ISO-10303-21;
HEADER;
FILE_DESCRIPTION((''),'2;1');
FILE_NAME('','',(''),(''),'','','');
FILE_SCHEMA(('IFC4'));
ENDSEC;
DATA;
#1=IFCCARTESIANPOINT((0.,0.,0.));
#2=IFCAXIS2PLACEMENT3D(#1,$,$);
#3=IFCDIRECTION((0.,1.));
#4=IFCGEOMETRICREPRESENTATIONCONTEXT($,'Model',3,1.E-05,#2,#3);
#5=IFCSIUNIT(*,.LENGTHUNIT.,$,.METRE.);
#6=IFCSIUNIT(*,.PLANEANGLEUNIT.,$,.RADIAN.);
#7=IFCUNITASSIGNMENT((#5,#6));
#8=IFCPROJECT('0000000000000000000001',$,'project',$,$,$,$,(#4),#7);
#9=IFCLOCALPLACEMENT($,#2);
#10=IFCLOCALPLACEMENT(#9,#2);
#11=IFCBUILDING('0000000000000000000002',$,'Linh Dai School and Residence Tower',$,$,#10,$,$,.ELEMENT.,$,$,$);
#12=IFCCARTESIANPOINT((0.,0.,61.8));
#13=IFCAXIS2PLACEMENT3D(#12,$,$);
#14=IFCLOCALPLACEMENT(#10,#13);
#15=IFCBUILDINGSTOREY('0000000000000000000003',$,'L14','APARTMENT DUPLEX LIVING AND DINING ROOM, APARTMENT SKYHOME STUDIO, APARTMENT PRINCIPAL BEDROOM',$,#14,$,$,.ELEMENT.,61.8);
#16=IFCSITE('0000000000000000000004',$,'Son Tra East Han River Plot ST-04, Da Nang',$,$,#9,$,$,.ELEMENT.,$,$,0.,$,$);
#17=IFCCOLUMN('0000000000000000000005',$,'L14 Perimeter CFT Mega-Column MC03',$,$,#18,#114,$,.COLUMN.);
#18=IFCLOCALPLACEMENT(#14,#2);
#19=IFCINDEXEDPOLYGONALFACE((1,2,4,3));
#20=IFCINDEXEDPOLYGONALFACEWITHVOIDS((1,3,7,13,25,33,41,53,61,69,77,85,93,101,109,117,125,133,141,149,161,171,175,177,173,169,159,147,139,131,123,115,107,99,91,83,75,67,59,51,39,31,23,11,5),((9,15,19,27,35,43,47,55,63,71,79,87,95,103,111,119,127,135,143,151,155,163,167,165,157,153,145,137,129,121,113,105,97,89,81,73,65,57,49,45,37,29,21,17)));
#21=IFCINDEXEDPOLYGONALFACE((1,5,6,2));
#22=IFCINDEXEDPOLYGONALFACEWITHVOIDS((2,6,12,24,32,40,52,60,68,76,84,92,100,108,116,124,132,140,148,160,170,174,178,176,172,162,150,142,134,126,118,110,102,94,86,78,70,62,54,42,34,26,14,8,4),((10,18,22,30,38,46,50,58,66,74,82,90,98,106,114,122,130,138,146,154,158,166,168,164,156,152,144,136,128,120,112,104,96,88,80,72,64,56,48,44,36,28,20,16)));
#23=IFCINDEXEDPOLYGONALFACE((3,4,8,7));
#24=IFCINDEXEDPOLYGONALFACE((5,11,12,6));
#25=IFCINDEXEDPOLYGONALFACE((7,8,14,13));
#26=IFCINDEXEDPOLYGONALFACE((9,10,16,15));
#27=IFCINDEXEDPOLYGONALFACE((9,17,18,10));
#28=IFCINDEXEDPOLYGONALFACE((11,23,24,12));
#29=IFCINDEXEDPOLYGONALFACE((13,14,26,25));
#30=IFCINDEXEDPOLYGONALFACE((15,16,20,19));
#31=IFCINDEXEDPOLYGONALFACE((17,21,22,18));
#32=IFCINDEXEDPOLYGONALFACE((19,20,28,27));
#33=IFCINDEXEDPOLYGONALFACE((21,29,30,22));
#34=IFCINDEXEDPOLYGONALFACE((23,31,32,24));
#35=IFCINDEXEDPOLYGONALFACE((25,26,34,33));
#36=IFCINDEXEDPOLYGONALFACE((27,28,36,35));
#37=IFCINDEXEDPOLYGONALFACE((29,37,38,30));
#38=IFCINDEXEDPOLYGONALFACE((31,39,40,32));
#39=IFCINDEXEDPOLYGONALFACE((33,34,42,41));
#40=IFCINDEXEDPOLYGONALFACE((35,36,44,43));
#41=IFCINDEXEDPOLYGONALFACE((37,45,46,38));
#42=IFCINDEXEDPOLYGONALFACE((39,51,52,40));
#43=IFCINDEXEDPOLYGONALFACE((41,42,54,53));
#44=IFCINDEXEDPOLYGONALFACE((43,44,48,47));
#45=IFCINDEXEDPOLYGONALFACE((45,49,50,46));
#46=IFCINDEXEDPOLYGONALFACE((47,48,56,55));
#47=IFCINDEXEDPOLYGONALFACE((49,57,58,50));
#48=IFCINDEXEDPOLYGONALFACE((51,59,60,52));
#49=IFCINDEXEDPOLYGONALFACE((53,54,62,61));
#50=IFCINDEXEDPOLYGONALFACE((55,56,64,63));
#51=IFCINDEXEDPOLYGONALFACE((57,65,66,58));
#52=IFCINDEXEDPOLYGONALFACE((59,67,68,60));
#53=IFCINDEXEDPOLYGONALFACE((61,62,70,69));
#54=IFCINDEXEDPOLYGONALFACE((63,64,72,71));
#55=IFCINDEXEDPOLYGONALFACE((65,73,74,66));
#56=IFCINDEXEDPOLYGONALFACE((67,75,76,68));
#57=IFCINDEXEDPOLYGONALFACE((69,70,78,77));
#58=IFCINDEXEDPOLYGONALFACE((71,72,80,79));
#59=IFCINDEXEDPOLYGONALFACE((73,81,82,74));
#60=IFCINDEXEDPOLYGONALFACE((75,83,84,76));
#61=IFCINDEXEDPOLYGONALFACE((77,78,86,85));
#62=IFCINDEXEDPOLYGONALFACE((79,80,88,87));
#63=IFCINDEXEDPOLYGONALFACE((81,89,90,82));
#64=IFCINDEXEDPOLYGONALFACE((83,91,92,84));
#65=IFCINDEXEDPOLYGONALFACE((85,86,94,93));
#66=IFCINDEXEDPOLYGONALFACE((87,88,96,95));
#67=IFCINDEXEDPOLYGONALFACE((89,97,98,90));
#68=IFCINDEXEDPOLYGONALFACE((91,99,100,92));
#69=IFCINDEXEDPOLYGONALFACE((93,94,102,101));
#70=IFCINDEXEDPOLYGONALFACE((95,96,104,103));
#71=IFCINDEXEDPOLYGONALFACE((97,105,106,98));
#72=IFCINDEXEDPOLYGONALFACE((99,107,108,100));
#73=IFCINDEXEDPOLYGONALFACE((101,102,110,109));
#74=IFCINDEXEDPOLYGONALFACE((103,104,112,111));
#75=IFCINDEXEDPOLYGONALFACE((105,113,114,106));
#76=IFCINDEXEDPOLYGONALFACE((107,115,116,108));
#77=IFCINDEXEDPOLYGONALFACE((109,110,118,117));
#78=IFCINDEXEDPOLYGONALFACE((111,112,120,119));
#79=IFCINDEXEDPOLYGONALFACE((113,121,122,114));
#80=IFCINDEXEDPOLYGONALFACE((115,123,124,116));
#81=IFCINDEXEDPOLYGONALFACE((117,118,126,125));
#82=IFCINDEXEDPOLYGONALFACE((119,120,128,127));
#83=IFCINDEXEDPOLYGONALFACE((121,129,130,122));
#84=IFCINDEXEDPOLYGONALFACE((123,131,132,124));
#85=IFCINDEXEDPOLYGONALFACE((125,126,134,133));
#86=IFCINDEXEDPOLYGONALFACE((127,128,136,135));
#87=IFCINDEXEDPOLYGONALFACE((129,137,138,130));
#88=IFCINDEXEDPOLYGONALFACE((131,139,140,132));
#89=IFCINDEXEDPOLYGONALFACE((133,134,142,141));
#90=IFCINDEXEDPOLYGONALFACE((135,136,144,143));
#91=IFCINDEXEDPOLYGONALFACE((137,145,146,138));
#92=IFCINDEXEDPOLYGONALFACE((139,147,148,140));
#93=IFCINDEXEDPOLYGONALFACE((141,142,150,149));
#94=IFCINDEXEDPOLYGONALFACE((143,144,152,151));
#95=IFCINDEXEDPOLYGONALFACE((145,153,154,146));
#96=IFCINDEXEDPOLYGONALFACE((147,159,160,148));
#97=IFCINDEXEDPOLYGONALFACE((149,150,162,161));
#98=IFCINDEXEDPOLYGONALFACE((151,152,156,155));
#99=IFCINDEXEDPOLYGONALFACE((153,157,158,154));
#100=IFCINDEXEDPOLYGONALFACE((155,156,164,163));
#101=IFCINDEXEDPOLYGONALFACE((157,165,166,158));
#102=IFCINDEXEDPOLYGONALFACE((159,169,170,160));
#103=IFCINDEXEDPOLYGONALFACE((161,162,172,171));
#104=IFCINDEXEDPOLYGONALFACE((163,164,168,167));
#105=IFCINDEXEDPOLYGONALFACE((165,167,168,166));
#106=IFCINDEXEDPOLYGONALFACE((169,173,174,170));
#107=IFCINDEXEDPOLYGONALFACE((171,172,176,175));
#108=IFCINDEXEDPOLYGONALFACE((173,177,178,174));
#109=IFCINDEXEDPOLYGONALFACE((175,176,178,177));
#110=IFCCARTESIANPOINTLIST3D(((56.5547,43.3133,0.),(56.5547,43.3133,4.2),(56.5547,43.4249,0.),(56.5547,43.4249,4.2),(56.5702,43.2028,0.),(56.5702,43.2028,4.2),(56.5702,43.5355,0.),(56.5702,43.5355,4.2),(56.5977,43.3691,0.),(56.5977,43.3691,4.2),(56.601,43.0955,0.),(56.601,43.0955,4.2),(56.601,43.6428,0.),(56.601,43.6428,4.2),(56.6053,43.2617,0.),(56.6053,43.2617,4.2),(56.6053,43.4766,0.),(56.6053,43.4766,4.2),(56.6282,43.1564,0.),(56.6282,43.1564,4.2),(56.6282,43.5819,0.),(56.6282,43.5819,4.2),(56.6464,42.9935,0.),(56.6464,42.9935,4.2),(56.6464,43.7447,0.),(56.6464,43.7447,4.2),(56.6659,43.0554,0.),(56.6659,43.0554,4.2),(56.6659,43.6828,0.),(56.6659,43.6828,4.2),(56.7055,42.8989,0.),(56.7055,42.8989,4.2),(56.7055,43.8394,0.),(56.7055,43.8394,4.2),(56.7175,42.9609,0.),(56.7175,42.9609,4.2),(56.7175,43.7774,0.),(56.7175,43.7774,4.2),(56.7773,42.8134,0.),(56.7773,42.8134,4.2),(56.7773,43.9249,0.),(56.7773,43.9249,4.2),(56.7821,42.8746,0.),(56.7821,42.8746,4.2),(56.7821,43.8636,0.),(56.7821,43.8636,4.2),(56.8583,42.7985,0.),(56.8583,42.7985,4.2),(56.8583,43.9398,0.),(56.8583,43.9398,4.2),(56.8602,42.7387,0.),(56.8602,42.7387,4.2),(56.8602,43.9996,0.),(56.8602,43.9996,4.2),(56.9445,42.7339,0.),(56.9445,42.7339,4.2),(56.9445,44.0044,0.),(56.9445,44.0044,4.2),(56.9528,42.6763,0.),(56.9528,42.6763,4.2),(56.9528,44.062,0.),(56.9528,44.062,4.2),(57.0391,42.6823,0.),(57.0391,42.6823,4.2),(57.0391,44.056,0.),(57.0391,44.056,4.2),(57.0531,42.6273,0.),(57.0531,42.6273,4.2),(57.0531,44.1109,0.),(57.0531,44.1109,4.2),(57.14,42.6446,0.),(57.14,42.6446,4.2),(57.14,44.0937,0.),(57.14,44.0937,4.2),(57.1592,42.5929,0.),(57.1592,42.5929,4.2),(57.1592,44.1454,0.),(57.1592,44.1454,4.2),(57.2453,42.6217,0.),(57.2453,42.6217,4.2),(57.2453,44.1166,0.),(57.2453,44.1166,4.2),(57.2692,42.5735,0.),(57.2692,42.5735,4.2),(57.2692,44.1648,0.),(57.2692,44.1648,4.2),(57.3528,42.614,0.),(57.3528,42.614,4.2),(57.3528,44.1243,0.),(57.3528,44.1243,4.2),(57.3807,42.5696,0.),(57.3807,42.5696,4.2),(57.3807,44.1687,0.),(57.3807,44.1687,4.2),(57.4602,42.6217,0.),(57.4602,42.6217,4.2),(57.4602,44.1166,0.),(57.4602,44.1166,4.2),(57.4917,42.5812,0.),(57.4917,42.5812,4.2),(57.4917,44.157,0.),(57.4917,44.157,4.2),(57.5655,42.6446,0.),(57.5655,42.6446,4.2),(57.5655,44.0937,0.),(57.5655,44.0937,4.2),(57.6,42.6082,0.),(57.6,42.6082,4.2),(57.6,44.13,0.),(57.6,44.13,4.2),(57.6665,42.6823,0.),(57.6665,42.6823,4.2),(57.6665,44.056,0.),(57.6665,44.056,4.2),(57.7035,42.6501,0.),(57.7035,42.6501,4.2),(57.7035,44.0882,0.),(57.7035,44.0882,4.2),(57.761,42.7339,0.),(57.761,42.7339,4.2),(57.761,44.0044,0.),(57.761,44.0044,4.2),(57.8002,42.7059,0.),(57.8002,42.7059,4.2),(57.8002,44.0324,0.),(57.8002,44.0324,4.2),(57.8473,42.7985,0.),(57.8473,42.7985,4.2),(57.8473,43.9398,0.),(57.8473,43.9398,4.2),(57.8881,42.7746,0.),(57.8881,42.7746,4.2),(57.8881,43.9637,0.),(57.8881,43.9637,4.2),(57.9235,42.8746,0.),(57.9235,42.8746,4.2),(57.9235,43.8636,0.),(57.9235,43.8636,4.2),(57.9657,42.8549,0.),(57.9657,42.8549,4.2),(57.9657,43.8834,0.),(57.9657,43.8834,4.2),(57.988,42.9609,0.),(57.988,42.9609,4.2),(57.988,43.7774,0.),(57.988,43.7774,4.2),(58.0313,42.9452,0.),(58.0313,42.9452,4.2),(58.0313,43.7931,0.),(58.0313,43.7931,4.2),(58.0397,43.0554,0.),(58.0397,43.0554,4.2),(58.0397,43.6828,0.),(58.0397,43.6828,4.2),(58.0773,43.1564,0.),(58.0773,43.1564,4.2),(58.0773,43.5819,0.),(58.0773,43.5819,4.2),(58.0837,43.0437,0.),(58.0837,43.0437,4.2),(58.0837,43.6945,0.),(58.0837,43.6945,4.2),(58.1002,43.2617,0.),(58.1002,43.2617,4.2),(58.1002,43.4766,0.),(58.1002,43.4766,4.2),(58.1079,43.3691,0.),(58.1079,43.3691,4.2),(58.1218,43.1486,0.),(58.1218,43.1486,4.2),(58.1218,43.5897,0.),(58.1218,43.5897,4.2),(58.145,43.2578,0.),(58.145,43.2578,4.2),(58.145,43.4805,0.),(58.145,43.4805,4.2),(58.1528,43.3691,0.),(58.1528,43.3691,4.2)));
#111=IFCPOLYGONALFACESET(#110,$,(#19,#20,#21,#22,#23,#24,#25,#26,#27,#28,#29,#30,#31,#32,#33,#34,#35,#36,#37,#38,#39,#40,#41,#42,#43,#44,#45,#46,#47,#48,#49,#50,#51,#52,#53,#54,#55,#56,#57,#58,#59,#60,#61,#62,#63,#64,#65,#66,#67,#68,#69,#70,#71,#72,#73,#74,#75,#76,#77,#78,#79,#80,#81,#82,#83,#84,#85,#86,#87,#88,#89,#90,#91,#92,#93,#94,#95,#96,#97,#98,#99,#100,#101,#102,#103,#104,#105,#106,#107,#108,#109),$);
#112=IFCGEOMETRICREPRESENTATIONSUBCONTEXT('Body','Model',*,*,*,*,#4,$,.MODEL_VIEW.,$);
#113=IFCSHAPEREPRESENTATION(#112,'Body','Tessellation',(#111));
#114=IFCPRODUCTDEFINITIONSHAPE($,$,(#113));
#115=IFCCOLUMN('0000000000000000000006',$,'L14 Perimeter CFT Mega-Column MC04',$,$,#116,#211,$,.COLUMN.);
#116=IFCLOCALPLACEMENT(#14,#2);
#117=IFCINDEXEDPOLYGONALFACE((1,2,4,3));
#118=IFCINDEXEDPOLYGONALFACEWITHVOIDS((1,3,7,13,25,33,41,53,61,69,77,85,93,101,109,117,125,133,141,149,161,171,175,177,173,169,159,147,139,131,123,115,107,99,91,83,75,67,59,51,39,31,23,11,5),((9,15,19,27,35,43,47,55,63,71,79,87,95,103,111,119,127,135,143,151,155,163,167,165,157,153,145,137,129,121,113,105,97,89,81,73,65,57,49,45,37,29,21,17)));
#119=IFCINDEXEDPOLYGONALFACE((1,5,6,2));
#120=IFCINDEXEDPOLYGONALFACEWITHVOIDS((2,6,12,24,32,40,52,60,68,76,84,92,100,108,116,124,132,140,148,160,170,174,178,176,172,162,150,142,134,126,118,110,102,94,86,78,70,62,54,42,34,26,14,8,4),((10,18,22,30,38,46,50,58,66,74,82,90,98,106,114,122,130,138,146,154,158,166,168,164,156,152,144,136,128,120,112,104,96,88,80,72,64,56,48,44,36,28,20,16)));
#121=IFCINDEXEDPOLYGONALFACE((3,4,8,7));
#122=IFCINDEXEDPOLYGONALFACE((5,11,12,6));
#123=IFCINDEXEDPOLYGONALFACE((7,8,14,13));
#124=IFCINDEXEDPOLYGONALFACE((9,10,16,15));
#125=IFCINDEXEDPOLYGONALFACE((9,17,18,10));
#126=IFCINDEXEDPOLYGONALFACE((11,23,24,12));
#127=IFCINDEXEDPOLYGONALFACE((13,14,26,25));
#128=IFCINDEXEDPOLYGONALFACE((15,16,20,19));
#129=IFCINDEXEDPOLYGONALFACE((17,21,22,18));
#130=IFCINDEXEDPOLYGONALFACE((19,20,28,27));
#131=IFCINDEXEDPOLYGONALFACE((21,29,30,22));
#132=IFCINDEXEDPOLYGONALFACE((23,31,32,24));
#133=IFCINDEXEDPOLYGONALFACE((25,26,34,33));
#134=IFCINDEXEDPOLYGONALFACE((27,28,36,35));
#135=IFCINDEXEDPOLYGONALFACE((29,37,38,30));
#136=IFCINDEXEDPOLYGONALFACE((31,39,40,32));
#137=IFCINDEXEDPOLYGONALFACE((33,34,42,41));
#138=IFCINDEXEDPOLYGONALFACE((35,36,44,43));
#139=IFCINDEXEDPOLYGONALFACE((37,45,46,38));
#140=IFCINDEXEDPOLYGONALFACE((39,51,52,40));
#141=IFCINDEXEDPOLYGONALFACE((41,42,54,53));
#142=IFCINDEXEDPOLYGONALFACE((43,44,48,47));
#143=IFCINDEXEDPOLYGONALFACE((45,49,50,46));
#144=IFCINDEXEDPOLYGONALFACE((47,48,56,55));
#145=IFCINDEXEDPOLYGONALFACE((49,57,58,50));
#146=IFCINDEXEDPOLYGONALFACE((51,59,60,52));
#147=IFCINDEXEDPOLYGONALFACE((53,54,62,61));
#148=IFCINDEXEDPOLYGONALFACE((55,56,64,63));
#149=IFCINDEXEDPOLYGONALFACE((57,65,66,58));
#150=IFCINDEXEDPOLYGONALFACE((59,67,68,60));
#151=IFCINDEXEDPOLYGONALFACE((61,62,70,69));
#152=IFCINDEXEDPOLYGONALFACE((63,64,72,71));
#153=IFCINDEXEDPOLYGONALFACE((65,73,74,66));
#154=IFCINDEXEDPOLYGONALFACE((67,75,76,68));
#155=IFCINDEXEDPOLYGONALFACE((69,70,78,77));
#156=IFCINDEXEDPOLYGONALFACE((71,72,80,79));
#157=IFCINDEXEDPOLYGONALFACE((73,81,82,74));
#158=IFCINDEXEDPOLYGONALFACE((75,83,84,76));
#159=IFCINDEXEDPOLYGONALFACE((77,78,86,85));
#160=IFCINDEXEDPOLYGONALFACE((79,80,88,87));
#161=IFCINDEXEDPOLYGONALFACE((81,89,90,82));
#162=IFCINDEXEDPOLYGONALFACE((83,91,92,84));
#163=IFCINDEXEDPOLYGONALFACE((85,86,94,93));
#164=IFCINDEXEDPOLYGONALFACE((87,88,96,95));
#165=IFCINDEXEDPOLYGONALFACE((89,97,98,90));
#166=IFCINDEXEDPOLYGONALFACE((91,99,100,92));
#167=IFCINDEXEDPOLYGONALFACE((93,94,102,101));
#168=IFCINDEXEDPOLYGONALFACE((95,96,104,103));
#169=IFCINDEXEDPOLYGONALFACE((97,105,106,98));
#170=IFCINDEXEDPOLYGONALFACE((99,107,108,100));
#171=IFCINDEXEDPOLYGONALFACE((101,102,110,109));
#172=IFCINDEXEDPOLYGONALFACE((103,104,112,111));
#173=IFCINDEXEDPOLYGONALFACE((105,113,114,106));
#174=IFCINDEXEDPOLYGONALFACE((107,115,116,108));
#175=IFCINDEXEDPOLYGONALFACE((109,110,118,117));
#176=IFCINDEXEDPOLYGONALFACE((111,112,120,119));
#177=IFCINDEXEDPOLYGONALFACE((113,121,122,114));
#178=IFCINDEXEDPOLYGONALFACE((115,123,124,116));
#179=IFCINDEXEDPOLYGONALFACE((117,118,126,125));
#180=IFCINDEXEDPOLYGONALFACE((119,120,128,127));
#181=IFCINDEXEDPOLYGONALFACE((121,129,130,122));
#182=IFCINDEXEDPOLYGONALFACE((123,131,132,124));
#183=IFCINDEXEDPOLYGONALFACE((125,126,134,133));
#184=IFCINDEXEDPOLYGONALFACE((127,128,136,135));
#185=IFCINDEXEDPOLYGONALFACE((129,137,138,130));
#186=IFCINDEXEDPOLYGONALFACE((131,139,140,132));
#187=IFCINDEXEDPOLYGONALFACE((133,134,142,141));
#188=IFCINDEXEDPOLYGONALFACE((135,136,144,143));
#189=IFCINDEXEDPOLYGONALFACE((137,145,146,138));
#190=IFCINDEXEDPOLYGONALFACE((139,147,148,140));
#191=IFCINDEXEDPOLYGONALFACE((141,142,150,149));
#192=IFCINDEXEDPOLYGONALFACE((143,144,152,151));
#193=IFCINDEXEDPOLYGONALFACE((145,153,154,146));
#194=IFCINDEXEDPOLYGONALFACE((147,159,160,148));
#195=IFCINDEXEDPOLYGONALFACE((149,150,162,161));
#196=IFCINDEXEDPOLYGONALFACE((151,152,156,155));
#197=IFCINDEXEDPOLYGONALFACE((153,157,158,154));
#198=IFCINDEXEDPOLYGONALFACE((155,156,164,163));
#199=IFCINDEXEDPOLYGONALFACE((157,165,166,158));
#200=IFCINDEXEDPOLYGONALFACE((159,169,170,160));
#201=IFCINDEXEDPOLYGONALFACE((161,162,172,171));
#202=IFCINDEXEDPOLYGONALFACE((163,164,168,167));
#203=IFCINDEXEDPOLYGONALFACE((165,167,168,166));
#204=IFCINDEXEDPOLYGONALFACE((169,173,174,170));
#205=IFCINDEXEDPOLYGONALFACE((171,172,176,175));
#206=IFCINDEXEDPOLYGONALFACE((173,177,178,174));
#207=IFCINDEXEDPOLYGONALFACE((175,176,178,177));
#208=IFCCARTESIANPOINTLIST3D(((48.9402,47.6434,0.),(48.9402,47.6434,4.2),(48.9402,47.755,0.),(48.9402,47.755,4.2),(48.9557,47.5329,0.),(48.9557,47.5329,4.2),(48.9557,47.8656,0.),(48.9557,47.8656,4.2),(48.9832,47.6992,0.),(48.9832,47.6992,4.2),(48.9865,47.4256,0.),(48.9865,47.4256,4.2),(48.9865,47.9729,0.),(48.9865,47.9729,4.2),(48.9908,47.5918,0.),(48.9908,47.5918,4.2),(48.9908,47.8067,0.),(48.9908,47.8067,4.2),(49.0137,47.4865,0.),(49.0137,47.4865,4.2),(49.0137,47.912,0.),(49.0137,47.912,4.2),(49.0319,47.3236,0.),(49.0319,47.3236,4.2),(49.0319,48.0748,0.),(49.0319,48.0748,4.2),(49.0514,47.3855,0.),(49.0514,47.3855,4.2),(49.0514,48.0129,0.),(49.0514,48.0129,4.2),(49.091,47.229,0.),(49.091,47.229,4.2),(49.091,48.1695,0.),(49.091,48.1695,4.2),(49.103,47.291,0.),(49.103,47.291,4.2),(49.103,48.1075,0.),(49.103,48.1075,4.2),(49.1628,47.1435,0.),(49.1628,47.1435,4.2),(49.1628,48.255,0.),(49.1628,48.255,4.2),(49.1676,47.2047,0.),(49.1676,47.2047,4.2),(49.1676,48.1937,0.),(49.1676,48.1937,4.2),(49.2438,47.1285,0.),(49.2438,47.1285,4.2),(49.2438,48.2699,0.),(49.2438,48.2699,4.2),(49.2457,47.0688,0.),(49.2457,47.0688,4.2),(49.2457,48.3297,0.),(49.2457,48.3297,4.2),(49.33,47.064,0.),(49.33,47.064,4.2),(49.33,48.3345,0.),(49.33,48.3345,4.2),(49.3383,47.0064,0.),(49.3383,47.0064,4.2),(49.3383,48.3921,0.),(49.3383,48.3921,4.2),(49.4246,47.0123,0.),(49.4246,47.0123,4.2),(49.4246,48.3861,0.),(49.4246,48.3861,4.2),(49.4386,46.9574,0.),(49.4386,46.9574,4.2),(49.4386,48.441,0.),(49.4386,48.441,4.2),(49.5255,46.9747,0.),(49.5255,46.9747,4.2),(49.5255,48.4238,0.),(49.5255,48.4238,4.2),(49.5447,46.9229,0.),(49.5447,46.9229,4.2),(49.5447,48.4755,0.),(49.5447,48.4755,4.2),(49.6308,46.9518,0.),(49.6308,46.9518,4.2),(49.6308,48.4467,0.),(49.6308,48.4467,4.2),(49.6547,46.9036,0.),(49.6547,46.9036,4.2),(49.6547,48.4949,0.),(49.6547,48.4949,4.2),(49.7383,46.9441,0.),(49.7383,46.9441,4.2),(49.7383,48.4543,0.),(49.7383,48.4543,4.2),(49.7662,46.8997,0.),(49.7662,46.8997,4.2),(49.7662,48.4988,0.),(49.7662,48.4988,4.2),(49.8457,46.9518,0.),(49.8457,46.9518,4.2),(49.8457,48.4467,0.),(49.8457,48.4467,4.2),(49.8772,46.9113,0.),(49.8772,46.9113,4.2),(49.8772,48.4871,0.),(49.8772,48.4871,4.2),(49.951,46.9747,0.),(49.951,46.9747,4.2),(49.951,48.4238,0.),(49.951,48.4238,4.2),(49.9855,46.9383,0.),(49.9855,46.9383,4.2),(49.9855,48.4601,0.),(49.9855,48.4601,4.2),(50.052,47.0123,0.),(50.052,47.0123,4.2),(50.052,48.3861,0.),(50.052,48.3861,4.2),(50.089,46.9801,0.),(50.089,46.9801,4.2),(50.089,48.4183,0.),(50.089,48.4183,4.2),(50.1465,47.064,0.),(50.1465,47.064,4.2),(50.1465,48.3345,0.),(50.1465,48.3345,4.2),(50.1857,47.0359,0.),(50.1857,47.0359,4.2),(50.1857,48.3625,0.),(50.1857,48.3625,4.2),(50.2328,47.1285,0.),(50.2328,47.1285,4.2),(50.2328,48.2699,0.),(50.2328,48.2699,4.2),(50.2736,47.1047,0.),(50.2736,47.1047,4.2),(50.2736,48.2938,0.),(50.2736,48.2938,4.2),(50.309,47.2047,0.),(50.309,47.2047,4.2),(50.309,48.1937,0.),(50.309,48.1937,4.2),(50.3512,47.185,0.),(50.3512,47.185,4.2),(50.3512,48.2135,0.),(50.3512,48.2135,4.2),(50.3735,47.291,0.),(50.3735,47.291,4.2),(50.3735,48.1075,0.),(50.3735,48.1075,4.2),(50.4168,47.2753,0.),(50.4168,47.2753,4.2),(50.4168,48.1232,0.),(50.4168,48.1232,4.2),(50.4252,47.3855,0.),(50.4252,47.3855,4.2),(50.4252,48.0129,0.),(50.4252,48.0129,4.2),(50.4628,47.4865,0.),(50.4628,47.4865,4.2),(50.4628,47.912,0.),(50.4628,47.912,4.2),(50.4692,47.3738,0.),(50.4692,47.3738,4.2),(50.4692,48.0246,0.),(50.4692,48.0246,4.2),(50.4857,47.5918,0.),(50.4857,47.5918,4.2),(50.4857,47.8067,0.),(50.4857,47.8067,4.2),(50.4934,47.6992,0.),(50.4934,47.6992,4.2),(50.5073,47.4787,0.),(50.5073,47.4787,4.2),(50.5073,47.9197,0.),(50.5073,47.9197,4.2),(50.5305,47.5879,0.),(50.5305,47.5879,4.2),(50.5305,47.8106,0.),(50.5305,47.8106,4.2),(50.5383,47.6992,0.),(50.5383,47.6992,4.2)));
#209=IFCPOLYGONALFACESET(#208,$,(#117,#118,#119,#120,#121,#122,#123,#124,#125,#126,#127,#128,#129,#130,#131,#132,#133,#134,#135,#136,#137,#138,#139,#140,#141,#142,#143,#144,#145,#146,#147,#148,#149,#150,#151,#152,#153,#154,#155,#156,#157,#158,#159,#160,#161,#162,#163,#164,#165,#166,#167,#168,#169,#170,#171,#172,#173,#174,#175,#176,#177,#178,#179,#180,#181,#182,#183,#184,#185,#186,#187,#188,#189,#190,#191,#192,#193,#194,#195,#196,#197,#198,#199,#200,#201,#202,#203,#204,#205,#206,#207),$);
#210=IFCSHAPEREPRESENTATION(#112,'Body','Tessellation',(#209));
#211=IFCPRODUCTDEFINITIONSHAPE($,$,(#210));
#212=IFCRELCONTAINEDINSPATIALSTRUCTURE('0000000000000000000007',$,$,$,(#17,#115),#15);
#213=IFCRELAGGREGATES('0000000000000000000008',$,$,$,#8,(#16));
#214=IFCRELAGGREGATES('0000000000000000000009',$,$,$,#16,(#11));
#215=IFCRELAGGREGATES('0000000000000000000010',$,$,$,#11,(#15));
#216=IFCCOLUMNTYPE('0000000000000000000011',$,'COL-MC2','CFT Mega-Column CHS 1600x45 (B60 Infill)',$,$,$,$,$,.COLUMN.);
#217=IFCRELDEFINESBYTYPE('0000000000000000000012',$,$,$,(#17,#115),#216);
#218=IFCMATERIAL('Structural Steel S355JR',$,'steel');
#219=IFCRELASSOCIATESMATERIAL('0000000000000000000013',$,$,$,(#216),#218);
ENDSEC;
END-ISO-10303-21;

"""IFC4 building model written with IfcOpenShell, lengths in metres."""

from ifc_helpers import new_model, si_unit, direction, frame, origin, origin_2d, place, context, subcontext, project, spatial, hollow_circle, extrude, material, material_profile, profile_set, type_object, element, save


model = new_model("IFC4")

# Units and contexts
model_context = context("Model", 3, precision=1e-05, world=origin(), true_north=direction((0.0, 1.0)))
body_context = subcontext(model_context, "Body", "Model", "MODEL_VIEW")
ifc_project = project(units=[si_unit("LENGTHUNIT", "METRE"), si_unit("PLANEANGLEUNIT", "RADIAN")], contexts=[model_context])

# Site, building, storey
site_placement = place(None, origin())
site = spatial("IfcSite", under=ifc_project, at=site_placement, Name="Son Tra East Han River Plot ST-04, Da Nang", CompositionType="ELEMENT", RefElevation=0.0)
building_placement = place(site_placement, origin())
building = spatial("IfcBuilding", under=site, at=building_placement, Name="Linh Dai School and Residence Tower", CompositionType="ELEMENT")
storey_placement = place(building_placement, frame((0.0, 0.0, 61.8)))
storey = spatial("IfcBuildingStorey", under=building, at=storey_placement, Name="L14", Description="APARTMENT DUPLEX LIVING AND DINING ROOM, APARTMENT SKYHOME STUDIO, APARTMENT PRINCIPAL BEDROOM", CompositionType="ELEMENT", Elevation=61.8)

# Columns
ifc_material_1 = material(Name="Structural Steel S355JR", Category="steel")
ifc_material_profile_1 = material_profile(ifc_material_1, hollow_circle(Radius=0.8, WallThickness=0.0449, at=origin_2d()), Name="CHS 1600x45")
ifc_profile_set_1 = profile_set([ifc_material_profile_1], Name="Structural Steel S355JR")
column_type = type_object("IfcColumnType", Name="COL-MC2", Description="CFT Mega-Column CHS 1600x45 (B60 Infill)", PredefinedType="COLUMN", material=ifc_profile_set_1)
for number, where, z_axis, x_axis, name in (
    (1, (57.3528, 43.3691, 0.0), (0.0, 0.0, 1.0), (1.0, 0.0, 0.0), "L14 Perimeter CFT Mega-Column MC03"),
    (2, (49.7383, 47.6992, 0.0), (0.0, 0.0, 1.0), (1.0, 0.0, 0.0), "L14 Perimeter CFT Mega-Column MC04"),
):
    element("IfcColumn", number, at=place(storey_placement, frame(where, z_axis=z_axis, x_axis=x_axis)), inside=storey, type_object=column_type, Name=name, PredefinedType="COLUMN", context=body_context, shape_type="SweptSolid", body=[
        extrude(hollow_circle(Radius=0.8, WallThickness=0.0449, at=origin_2d()), origin(), (0.0, 0.0, 1.0), 4.2),
    ])

save(model, "model.ifc")
